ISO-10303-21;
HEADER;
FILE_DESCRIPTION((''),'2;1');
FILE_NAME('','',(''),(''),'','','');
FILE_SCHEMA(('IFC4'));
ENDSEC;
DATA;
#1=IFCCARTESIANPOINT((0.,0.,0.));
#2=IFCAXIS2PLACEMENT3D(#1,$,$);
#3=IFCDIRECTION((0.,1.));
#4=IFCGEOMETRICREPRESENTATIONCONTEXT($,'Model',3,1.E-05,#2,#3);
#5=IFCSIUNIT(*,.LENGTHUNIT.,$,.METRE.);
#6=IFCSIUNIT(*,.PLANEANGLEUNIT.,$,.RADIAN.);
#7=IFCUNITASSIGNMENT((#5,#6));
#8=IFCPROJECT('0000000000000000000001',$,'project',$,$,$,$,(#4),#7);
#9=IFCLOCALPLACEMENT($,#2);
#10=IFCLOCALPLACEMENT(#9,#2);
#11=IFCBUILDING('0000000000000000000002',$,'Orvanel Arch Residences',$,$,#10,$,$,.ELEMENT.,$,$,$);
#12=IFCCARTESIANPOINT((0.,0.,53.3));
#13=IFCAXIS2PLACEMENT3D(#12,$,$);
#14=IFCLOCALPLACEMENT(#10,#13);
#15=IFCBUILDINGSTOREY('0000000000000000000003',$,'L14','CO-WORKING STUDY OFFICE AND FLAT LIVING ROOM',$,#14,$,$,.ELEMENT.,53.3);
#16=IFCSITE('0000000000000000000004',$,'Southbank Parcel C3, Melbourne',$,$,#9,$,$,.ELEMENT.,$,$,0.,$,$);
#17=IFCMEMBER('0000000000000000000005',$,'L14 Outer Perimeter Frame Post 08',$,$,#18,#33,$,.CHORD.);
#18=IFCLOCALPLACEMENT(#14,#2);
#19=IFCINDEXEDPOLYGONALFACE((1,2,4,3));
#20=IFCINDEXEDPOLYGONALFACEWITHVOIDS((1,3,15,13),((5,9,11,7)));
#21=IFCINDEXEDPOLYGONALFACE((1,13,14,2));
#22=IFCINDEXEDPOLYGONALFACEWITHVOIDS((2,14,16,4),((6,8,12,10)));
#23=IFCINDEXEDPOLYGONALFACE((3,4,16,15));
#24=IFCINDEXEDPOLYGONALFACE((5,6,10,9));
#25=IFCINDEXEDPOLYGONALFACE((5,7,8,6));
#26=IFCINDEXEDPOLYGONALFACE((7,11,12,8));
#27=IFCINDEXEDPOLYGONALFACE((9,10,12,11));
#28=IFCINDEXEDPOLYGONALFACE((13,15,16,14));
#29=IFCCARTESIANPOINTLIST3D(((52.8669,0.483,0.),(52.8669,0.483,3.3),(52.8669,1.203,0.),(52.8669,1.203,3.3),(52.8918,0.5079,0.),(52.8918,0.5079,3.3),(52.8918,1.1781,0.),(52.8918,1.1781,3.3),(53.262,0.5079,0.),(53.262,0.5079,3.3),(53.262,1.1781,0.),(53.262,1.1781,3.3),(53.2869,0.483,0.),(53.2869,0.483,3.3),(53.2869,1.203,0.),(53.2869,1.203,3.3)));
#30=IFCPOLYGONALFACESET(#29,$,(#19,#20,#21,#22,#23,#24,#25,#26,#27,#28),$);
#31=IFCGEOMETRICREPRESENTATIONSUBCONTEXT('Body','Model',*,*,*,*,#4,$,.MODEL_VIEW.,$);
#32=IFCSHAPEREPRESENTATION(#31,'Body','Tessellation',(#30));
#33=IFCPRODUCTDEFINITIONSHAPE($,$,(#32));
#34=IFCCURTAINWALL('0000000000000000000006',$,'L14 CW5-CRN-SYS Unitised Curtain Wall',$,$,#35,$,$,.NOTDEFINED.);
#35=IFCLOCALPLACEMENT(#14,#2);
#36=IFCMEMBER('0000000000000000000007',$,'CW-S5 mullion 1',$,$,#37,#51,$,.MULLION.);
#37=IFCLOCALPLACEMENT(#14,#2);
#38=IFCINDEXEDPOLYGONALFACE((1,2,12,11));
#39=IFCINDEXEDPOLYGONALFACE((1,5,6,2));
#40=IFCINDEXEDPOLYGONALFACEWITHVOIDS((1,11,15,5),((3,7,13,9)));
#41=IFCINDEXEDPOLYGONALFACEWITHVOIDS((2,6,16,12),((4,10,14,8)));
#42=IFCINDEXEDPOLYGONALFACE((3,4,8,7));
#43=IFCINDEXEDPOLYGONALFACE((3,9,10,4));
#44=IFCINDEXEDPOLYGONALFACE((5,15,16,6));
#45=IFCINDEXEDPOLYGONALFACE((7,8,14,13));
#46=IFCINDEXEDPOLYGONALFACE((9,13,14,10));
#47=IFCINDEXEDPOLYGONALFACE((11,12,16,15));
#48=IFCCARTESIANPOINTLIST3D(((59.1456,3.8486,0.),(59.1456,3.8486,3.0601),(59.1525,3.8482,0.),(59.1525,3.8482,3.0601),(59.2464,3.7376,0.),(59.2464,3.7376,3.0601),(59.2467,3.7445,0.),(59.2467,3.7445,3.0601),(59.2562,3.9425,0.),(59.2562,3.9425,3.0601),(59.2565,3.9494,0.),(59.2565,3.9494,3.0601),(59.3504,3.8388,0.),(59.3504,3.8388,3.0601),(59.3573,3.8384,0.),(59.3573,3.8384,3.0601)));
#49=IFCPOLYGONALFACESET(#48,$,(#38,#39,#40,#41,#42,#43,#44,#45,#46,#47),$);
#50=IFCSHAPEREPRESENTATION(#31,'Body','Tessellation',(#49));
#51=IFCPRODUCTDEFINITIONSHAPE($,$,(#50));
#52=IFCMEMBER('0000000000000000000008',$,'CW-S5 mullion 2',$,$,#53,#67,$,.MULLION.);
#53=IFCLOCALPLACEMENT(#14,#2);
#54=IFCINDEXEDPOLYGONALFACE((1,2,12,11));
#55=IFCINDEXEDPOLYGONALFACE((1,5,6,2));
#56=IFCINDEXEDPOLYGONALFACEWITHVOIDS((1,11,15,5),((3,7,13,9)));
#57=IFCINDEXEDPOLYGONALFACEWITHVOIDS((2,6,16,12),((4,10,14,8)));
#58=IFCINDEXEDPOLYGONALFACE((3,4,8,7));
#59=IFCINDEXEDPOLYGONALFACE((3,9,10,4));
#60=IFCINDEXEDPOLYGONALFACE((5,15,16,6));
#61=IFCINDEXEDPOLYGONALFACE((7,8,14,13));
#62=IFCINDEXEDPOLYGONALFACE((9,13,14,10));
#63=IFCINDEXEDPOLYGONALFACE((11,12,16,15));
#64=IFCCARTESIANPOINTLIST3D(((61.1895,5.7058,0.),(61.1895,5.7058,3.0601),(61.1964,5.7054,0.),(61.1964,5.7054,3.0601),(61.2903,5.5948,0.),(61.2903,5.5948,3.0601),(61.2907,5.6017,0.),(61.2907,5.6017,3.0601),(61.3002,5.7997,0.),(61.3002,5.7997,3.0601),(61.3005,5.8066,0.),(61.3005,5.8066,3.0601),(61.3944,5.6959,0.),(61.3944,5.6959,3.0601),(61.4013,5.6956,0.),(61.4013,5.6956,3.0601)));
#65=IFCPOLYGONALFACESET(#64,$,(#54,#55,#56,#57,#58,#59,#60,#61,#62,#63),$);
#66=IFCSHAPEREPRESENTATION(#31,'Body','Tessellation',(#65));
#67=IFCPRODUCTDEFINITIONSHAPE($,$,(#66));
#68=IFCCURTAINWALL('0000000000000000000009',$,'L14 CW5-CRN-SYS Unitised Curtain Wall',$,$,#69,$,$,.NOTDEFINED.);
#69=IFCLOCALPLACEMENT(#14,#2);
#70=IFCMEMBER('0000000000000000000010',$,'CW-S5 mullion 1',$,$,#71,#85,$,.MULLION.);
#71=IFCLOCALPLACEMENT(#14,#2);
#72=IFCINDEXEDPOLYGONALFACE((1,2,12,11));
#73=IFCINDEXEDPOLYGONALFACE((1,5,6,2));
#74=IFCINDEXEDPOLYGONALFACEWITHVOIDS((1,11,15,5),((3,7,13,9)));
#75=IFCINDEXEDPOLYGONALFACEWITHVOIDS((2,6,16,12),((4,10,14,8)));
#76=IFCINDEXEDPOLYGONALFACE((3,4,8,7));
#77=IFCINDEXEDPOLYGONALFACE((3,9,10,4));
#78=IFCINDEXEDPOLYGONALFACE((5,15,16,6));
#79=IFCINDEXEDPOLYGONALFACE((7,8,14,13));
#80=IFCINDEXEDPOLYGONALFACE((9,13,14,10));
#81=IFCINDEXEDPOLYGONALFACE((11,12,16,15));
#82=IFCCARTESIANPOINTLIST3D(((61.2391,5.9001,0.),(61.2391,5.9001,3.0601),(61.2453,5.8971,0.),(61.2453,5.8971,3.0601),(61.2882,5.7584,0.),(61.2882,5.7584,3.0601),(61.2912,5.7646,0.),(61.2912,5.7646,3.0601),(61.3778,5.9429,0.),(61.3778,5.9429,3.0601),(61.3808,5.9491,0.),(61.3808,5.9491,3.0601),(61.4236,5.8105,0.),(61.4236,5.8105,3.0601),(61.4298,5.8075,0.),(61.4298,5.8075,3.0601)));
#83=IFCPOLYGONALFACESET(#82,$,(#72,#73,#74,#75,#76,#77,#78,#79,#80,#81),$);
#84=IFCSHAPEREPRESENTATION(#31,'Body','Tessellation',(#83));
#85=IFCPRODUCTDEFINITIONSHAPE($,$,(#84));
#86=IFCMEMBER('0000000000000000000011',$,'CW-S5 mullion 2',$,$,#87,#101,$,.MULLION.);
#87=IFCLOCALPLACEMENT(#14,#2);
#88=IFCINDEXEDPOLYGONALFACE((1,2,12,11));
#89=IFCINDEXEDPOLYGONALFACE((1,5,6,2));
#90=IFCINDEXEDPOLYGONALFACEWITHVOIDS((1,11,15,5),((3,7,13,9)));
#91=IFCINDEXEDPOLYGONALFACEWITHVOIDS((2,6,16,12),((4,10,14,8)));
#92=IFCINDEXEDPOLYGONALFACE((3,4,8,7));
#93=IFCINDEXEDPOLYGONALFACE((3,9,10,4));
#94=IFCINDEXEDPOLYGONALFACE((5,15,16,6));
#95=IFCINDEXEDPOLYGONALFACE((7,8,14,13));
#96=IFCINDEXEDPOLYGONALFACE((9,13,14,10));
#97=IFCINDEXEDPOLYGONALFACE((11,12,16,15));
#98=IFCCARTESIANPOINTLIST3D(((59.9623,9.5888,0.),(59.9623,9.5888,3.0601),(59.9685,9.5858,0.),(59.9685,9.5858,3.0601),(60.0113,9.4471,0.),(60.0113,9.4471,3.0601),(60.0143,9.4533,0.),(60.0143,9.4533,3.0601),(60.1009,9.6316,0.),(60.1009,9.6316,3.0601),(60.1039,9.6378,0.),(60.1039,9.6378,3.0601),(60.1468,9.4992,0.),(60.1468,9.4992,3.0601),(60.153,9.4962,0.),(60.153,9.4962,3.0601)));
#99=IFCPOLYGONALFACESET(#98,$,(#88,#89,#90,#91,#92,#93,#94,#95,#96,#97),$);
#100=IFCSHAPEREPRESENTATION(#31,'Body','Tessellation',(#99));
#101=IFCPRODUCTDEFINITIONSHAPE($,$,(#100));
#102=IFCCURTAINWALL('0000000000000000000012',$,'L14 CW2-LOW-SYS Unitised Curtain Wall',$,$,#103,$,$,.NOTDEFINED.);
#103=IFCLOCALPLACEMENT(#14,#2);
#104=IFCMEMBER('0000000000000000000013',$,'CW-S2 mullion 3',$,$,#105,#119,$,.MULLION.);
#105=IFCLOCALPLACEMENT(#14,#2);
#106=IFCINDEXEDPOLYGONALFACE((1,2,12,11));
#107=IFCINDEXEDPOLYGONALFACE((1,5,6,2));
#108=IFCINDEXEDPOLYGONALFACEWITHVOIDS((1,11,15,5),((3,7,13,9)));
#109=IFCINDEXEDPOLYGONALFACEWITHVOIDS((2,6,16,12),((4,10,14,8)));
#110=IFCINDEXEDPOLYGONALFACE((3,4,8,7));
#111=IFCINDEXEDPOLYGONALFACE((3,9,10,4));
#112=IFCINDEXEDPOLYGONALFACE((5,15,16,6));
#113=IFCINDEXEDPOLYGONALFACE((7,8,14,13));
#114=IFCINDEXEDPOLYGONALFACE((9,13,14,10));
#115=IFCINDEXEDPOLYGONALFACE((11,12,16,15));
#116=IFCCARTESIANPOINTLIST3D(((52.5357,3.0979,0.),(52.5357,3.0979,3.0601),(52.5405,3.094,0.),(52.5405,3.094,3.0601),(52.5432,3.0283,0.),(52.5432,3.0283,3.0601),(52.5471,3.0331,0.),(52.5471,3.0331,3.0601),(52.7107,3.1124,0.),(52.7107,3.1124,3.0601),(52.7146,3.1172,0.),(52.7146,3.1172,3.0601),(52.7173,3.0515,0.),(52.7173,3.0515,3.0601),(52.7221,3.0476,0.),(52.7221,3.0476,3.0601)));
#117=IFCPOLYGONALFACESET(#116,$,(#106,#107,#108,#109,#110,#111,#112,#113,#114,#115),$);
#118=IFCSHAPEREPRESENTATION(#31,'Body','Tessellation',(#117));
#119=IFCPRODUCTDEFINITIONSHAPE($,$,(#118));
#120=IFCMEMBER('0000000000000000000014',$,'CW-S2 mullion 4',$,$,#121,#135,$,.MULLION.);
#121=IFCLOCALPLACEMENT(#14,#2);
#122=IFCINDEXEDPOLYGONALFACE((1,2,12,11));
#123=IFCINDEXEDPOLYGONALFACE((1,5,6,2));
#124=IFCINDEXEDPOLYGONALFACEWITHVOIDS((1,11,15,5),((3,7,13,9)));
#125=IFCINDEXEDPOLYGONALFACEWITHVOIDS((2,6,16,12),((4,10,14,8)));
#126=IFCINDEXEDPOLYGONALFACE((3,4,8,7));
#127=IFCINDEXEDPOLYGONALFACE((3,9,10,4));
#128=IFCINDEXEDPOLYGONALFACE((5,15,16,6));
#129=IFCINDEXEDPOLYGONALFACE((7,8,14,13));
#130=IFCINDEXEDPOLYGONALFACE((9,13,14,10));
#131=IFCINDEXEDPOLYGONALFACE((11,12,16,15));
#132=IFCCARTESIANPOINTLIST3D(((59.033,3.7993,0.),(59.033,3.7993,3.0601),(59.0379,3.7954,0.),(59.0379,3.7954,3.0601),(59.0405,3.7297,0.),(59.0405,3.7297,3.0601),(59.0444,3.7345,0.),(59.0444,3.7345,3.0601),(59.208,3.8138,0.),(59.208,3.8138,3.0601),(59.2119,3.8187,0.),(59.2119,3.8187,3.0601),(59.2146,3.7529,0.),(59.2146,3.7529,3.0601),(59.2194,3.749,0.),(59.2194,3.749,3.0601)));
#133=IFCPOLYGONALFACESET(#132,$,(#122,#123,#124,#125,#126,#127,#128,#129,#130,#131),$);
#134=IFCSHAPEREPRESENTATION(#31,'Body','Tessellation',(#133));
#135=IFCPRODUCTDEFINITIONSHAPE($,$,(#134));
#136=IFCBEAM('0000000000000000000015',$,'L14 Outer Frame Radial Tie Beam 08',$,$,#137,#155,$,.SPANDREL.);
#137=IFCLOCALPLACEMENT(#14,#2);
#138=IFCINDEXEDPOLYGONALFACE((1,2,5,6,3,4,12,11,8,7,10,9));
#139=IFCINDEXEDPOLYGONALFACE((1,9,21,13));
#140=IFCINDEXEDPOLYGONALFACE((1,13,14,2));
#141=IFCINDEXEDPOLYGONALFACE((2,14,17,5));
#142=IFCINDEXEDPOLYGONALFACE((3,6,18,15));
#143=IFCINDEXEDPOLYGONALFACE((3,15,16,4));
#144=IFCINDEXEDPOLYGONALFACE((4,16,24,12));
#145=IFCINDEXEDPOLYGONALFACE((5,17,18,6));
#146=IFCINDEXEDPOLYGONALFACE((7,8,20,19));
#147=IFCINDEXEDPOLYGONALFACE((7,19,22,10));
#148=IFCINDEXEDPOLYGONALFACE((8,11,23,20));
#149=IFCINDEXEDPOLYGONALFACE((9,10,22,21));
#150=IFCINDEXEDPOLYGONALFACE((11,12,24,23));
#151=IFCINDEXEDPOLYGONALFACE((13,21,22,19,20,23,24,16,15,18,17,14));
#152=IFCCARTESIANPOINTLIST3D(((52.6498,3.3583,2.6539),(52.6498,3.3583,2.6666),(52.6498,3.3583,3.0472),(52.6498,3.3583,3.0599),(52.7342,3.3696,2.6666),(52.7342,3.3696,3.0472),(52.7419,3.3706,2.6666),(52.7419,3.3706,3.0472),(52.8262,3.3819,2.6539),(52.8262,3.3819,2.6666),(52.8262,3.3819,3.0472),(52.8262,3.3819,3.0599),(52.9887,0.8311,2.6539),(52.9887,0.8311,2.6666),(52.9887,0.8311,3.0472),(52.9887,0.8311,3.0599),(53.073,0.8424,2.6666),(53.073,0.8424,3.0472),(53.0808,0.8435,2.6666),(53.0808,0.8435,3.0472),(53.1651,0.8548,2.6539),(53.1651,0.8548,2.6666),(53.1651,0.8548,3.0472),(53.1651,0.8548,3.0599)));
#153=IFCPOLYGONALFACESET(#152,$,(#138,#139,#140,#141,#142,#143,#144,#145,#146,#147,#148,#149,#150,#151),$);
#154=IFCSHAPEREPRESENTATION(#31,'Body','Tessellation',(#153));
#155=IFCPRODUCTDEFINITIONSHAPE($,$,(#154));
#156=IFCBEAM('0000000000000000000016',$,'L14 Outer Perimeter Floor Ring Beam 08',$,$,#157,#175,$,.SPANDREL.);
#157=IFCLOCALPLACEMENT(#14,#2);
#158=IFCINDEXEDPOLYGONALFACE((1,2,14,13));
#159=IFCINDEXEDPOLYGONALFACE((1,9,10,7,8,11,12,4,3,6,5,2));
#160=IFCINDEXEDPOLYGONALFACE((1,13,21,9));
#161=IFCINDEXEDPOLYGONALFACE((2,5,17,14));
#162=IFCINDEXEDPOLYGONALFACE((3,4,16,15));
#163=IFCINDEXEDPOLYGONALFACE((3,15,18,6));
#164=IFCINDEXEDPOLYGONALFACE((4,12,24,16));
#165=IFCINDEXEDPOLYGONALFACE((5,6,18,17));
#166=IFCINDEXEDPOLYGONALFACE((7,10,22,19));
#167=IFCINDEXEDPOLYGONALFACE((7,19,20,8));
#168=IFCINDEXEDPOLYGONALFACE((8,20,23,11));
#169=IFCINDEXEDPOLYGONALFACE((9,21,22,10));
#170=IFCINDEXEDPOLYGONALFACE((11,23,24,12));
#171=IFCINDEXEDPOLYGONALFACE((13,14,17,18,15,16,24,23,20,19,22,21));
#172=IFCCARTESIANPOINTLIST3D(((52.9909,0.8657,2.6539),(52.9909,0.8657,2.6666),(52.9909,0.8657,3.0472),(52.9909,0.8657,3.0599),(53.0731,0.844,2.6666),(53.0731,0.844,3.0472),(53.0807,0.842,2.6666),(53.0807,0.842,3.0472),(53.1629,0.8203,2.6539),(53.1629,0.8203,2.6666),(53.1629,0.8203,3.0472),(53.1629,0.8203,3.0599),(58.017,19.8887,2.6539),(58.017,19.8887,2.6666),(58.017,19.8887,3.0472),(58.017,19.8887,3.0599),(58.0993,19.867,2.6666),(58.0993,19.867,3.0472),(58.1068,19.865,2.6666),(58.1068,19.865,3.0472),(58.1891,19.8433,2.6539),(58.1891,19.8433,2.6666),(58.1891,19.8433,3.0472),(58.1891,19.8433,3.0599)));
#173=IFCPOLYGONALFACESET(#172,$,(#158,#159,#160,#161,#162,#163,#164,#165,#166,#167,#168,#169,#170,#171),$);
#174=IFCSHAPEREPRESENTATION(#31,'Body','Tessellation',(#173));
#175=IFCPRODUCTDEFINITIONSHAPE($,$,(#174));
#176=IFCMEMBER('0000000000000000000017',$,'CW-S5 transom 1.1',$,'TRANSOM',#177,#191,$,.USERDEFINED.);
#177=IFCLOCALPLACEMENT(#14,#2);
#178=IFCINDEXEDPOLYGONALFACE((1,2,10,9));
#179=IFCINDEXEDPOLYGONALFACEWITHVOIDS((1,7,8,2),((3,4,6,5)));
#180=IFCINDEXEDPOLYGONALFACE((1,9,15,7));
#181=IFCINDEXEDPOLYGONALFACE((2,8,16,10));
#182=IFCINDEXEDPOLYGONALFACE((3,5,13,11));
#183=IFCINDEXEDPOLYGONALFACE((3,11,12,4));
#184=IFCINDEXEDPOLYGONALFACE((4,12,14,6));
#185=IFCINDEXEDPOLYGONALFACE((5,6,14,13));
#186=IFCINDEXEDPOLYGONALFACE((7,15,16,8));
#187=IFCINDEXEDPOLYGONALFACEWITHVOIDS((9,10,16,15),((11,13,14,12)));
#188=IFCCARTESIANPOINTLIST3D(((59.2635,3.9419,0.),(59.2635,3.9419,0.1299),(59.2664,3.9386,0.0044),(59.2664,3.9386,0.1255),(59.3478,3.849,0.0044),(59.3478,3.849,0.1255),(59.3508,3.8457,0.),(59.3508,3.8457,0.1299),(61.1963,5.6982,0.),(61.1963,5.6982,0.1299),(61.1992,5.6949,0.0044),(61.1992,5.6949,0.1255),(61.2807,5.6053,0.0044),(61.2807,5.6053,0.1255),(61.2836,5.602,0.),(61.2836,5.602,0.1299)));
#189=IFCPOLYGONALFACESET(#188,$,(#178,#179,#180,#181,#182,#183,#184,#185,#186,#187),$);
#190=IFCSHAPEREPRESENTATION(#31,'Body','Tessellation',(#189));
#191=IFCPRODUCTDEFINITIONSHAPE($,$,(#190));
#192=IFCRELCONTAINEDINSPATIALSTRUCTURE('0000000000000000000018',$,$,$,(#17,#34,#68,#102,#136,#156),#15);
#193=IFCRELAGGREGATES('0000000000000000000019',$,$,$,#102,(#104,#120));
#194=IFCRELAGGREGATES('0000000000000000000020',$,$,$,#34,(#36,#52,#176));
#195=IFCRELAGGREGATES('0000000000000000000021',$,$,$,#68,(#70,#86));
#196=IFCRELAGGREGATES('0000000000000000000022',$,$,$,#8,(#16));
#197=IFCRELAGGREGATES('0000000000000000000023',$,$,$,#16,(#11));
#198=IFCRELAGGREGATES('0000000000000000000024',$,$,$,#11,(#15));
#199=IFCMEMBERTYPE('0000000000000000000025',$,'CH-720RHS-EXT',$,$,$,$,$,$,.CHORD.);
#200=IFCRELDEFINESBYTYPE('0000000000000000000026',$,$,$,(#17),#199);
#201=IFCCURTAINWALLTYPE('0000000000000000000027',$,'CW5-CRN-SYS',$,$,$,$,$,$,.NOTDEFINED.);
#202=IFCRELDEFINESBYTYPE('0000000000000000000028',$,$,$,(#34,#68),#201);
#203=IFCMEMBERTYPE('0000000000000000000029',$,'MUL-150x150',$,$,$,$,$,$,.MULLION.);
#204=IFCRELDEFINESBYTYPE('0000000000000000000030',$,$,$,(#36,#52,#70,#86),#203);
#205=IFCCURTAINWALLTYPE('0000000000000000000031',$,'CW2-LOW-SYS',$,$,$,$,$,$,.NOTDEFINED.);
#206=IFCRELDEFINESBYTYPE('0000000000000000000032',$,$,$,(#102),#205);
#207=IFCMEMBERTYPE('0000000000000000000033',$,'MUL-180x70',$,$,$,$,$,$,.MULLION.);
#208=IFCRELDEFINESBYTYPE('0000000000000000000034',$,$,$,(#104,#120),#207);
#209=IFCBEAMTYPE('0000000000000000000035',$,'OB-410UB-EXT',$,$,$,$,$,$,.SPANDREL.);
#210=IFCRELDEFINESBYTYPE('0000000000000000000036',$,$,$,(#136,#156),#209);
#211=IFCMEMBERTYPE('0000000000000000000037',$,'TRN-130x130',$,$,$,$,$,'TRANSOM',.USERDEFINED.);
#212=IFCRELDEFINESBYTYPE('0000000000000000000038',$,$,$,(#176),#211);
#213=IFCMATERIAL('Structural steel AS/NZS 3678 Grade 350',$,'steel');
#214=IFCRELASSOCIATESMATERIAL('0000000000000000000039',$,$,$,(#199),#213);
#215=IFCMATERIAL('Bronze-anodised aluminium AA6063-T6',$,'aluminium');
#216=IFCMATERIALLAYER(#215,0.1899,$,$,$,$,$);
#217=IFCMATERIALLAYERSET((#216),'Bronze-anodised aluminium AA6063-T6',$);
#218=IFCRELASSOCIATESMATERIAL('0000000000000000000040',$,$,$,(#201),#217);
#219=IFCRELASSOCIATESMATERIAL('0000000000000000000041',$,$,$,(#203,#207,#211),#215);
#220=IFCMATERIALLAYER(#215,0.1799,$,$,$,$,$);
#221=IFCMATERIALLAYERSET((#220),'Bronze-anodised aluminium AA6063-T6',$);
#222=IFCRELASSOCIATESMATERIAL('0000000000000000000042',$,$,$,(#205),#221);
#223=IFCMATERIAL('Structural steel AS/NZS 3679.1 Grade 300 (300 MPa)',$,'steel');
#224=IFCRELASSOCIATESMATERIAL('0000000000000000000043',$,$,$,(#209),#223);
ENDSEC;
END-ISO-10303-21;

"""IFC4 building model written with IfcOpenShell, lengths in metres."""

from ifc_helpers import new_model, si_unit, direction, frame, origin, origin_2d, place, context, subcontext, project, spatial, hollow_rectangle, i_section, extrude, material, layer, layer_set, material_profile, profile_set, type_object, element, aggregate, save


model = new_model("IFC4")

# Units and contexts
model_context = context("Model", 3, precision=1e-05, world=origin(), true_north=direction((0.0, 1.0)))
body_context = subcontext(model_context, "Body", "Model", "MODEL_VIEW")
ifc_project = project(units=[si_unit("LENGTHUNIT", "METRE"), si_unit("PLANEANGLEUNIT", "RADIAN")], contexts=[model_context])

# Site, building, storey
site_placement = place(None, origin())
site = spatial("IfcSite", under=ifc_project, at=site_placement, Name="Southbank Parcel C3, Melbourne", CompositionType="ELEMENT", RefElevation=0.0)
building_placement = place(site_placement, origin())
building = spatial("IfcBuilding", under=site, at=building_placement, Name="Orvanel Arch Residences", CompositionType="ELEMENT")
storey_placement = place(building_placement, frame((0.0, 0.0, 53.3)))
storey = spatial("IfcBuildingStorey", under=building, at=storey_placement, Name="L14", Description="CO-WORKING STUDY OFFICE AND FLAT LIVING ROOM", CompositionType="ELEMENT", Elevation=53.3)

# Member
ifc_material_1 = material(Name="Structural steel AS/NZS 3678 Grade 350", Category="steel")
ifc_material_profile_1 = material_profile(ifc_material_1, hollow_rectangle(XDim=0.4199, YDim=0.72, WallThickness=0.0249, at=origin_2d()), Name="RHS720x420x25")
ifc_profile_set_1 = profile_set([ifc_material_profile_1], Name="Structural steel AS/NZS 3678 Grade 350")
member_type_1 = type_object("IfcMemberType", Name="CH-720RHS-EXT", PredefinedType="CHORD", material=ifc_profile_set_1)
member_1_placement = place(storey_placement, frame((53.0769, 0.843, 0.0), z_axis=(0.0, 0.0, 1.0), x_axis=(1.0, 0.0, 0.0)))
element("IfcMember", 1, at=member_1_placement, inside=storey, type_object=member_type_1, Name="L14 Outer Perimeter Frame Post 08", PredefinedType="CHORD", context=body_context, shape_type="SweptSolid", body=[
    extrude(hollow_rectangle(XDim=0.4199, YDim=0.72, WallThickness=0.0249, at=origin_2d()), origin(), (0.0, 0.0, 1.0), 3.3),
])

# Curtain walls, members
ifc_material_2 = material(Name="Bronze-anodised aluminium AA6063-T6", Category="aluminium")
ifc_layer_1 = layer(ifc_material_2, 0.1899)
ifc_layer_set_1 = layer_set([ifc_layer_1], Name="Bronze-anodised aluminium AA6063-T6")
curtain_wall_type_1 = type_object("IfcCurtainWallType", Name="CW5-CRN-SYS", PredefinedType="NOTDEFINED", material=ifc_layer_set_1)
curtain_wall_1_placement = place(storey_placement, origin())
curtain_wall_1 = element("IfcCurtainWall", 2, at=curtain_wall_1_placement, inside=storey, type_object=curtain_wall_type_1, Name="L14 CW5-CRN-SYS Unitised Curtain Wall", PredefinedType="NOTDEFINED")
ifc_material_profile_2 = material_profile(ifc_material_2, hollow_rectangle(XDim=0.1499, YDim=0.1499, WallThickness=0.0049, at=origin_2d()), Name="ALU150x150x5")
ifc_profile_set_2 = profile_set([ifc_material_profile_2], Name="Bronze-anodised aluminium AA6063-T6")
member_type_2 = type_object("IfcMemberType", Name="MUL-150x150", PredefinedType="MULLION", material=ifc_profile_set_2)
member_2_placement = place(storey_placement, frame((59.2515, 3.8435, 0.0), z_axis=(0.0, 0.0, 1.0), x_axis=(-0.672468, 0.740127, 0.0)))
member_2 = element("IfcMember", 3, at=member_2_placement, type_object=member_type_2, Name="CW-S5 mullion 1", PredefinedType="MULLION", context=body_context, shape_type="SweptSolid", body=[
    extrude(hollow_rectangle(XDim=0.1499, YDim=0.1499, WallThickness=0.0049, at=origin_2d()), origin(), (0.0, 0.0, 1.0), 3.0601),
])
member_3_placement = place(storey_placement, frame((61.2954, 5.7007, 0.0), z_axis=(0.0, 0.0, 1.0), x_axis=(-0.672468, 0.740127, 0.0)))
member_3 = element("IfcMember", 4, at=member_3_placement, type_object=member_type_2, Name="CW-S5 mullion 2", PredefinedType="MULLION", context=body_context, shape_type="SweptSolid", body=[
    extrude(hollow_rectangle(XDim=0.1499, YDim=0.1499, WallThickness=0.0049, at=origin_2d()), origin(), (0.0, 0.0, 1.0), 3.0601),
])
curtain_wall_2_placement = place(storey_placement, origin())
curtain_wall_2 = element("IfcCurtainWall", 5, at=curtain_wall_2_placement, inside=storey, type_object=curtain_wall_type_1, Name="L14 CW5-CRN-SYS Unitised Curtain Wall", PredefinedType="NOTDEFINED")
member_4_placement = place(storey_placement, frame((61.3345, 5.8538, 0.0), z_axis=(0.0, 0.0, 1.0), x_axis=(-0.944976, -0.327141, 0.0)))
member_4 = element("IfcMember", 6, at=member_4_placement, type_object=member_type_2, Name="CW-S5 mullion 1", PredefinedType="MULLION", context=body_context, shape_type="SweptSolid", body=[
    extrude(hollow_rectangle(XDim=0.1499, YDim=0.1499, WallThickness=0.0049, at=origin_2d()), origin(), (0.0, 0.0, 1.0), 3.0601),
])
member_5_placement = place(storey_placement, frame((60.0576, 9.5425, 0.0), z_axis=(0.0, 0.0, 1.0), x_axis=(-0.944976, -0.327141, 0.0)))
member_5 = element("IfcMember", 7, at=member_5_placement, type_object=member_type_2, Name="CW-S5 mullion 2", PredefinedType="MULLION", context=body_context, shape_type="SweptSolid", body=[
    extrude(hollow_rectangle(XDim=0.1499, YDim=0.1499, WallThickness=0.0049, at=origin_2d()), origin(), (0.0, 0.0, 1.0), 3.0601),
])
ifc_layer_2 = layer(ifc_material_2, 0.1799)
ifc_layer_set_2 = layer_set([ifc_layer_2], Name="Bronze-anodised aluminium AA6063-T6")
curtain_wall_type_2 = type_object("IfcCurtainWallType", Name="CW2-LOW-SYS", PredefinedType="NOTDEFINED", material=ifc_layer_set_2)
curtain_wall_3_placement = place(storey_placement, origin())
curtain_wall_3 = element("IfcCurtainWall", 8, at=curtain_wall_3_placement, inside=storey, type_object=curtain_wall_type_2, Name="L14 CW2-LOW-SYS Unitised Curtain Wall", PredefinedType="NOTDEFINED")
ifc_material_profile_3 = material_profile(ifc_material_2, hollow_rectangle(XDim=0.0701, YDim=0.1799, WallThickness=0.0044, at=origin_2d()), Name="ALU180x70x4.5")
ifc_profile_set_3 = profile_set([ifc_material_profile_3], Name="Bronze-anodised aluminium AA6063-T6")
member_type_3 = type_object("IfcMemberType", Name="MUL-180x70", PredefinedType="MULLION", material=ifc_profile_set_3)
member_6_placement = place(storey_placement, frame((52.6289, 3.0728, 0.0), z_axis=(0.0, 0.0, 1.0), x_axis=(-0.107357, 0.994221, 0.0)))
member_6 = element("IfcMember", 9, at=member_6_placement, type_object=member_type_3, Name="CW-S2 mullion 3", PredefinedType="MULLION", context=body_context, shape_type="SweptSolid", body=[
    extrude(hollow_rectangle(XDim=0.0701, YDim=0.1799, WallThickness=0.0044, at=origin_2d()), origin(), (0.0, 0.0, 1.0), 3.0601),
])
member_7_placement = place(storey_placement, frame((59.1262, 3.7742, 0.0), z_axis=(0.0, 0.0, 1.0), x_axis=(-0.107357, 0.994221, 0.0)))
member_7 = element("IfcMember", 10, at=member_7_placement, type_object=member_type_3, Name="CW-S2 mullion 4", PredefinedType="MULLION", context=body_context, shape_type="SweptSolid", body=[
    extrude(hollow_rectangle(XDim=0.0701, YDim=0.1799, WallThickness=0.0044, at=origin_2d()), origin(), (0.0, 0.0, 1.0), 3.0601),
])

# Beams
ifc_material_3 = material(Name="Structural steel AS/NZS 3679.1 Grade 300 (300 MPa)", Category="steel")
ifc_material_profile_4 = material_profile(ifc_material_3, i_section(OverallWidth=0.178, OverallDepth=0.406, WebThickness=0.0078, FlangeThickness=0.0127, at=origin_2d()), Name="410UB59.7")
ifc_profile_set_4 = profile_set([ifc_material_profile_4], Name="Structural steel AS/NZS 3679.1 Grade 300 (300 MPa)")
beam_type = type_object("IfcBeamType", Name="OB-410UB-EXT", PredefinedType="SPANDREL", material=ifc_profile_set_4)
beam_1_placement = place(storey_placement, frame((52.738, 3.3701, 2.8569), z_axis=(0.132904, -0.991129, 0.0), x_axis=(0.991129, 0.132904, 0.0)))
element("IfcBeam", 11, at=beam_1_placement, inside=storey, type_object=beam_type, Name="L14 Outer Frame Radial Tie Beam 08", PredefinedType="SPANDREL", context=body_context, shape_type="SweptSolid", body=[
    extrude(i_section(OverallWidth=0.178, OverallDepth=0.406, WebThickness=0.0078, FlangeThickness=0.0127, at=origin_2d()), origin(), (0.0, 0.0, 1.0), 2.5498),
])
beam_2_placement = place(storey_placement, frame((53.0769, 0.843, 2.8569), z_axis=(0.255448, 0.966823, 0.0), x_axis=(-0.966823, 0.255448, 0.0)))
element("IfcBeam", 12, at=beam_2_placement, inside=storey, type_object=beam_type, Name="L14 Outer Perimeter Floor Ring Beam 08", PredefinedType="SPANDREL", context=body_context, shape_type="SweptSolid", body=[
    extrude(i_section(OverallWidth=0.178, OverallDepth=0.406, WebThickness=0.0078, FlangeThickness=0.0127, at=origin_2d()), origin(), (0.0, 0.0, 1.0), 19.6758),
])

# Member
ifc_material_profile_5 = material_profile(ifc_material_2, hollow_rectangle(XDim=0.1299, YDim=0.1299, WallThickness=0.0044, at=origin_2d()), Name="ALU130x130x4.5")
ifc_profile_set_5 = profile_set([ifc_material_profile_5], Name="Bronze-anodised aluminium AA6063-T6")
member_type_4 = type_object("IfcMemberType", Name="TRN-130x130", ElementType="TRANSOM", PredefinedType="USERDEFINED", material=ifc_profile_set_5)
member_8_placement = place(storey_placement, frame((59.3071, 3.8938, 0.0649), z_axis=(0.740092, 0.672505, 0.0), x_axis=(-0.672505, 0.740092, 0.0)))
member_8 = element("IfcMember", 13, at=member_8_placement, type_object=member_type_4, Name="CW-S5 transom 1.1", ObjectType="TRANSOM", PredefinedType="USERDEFINED", context=body_context, shape_type="SweptSolid", body=[
    extrude(hollow_rectangle(XDim=0.1299, YDim=0.1299, WallThickness=0.0044, at=origin_2d()), origin(), (0.0, 0.0, 1.0), 2.6116),
])

aggregate(curtain_wall_3, [member_6, member_7])
aggregate(curtain_wall_1, [member_2, member_3, member_8])
aggregate(curtain_wall_2, [member_4, member_5])

save(model, "model.ifc")
